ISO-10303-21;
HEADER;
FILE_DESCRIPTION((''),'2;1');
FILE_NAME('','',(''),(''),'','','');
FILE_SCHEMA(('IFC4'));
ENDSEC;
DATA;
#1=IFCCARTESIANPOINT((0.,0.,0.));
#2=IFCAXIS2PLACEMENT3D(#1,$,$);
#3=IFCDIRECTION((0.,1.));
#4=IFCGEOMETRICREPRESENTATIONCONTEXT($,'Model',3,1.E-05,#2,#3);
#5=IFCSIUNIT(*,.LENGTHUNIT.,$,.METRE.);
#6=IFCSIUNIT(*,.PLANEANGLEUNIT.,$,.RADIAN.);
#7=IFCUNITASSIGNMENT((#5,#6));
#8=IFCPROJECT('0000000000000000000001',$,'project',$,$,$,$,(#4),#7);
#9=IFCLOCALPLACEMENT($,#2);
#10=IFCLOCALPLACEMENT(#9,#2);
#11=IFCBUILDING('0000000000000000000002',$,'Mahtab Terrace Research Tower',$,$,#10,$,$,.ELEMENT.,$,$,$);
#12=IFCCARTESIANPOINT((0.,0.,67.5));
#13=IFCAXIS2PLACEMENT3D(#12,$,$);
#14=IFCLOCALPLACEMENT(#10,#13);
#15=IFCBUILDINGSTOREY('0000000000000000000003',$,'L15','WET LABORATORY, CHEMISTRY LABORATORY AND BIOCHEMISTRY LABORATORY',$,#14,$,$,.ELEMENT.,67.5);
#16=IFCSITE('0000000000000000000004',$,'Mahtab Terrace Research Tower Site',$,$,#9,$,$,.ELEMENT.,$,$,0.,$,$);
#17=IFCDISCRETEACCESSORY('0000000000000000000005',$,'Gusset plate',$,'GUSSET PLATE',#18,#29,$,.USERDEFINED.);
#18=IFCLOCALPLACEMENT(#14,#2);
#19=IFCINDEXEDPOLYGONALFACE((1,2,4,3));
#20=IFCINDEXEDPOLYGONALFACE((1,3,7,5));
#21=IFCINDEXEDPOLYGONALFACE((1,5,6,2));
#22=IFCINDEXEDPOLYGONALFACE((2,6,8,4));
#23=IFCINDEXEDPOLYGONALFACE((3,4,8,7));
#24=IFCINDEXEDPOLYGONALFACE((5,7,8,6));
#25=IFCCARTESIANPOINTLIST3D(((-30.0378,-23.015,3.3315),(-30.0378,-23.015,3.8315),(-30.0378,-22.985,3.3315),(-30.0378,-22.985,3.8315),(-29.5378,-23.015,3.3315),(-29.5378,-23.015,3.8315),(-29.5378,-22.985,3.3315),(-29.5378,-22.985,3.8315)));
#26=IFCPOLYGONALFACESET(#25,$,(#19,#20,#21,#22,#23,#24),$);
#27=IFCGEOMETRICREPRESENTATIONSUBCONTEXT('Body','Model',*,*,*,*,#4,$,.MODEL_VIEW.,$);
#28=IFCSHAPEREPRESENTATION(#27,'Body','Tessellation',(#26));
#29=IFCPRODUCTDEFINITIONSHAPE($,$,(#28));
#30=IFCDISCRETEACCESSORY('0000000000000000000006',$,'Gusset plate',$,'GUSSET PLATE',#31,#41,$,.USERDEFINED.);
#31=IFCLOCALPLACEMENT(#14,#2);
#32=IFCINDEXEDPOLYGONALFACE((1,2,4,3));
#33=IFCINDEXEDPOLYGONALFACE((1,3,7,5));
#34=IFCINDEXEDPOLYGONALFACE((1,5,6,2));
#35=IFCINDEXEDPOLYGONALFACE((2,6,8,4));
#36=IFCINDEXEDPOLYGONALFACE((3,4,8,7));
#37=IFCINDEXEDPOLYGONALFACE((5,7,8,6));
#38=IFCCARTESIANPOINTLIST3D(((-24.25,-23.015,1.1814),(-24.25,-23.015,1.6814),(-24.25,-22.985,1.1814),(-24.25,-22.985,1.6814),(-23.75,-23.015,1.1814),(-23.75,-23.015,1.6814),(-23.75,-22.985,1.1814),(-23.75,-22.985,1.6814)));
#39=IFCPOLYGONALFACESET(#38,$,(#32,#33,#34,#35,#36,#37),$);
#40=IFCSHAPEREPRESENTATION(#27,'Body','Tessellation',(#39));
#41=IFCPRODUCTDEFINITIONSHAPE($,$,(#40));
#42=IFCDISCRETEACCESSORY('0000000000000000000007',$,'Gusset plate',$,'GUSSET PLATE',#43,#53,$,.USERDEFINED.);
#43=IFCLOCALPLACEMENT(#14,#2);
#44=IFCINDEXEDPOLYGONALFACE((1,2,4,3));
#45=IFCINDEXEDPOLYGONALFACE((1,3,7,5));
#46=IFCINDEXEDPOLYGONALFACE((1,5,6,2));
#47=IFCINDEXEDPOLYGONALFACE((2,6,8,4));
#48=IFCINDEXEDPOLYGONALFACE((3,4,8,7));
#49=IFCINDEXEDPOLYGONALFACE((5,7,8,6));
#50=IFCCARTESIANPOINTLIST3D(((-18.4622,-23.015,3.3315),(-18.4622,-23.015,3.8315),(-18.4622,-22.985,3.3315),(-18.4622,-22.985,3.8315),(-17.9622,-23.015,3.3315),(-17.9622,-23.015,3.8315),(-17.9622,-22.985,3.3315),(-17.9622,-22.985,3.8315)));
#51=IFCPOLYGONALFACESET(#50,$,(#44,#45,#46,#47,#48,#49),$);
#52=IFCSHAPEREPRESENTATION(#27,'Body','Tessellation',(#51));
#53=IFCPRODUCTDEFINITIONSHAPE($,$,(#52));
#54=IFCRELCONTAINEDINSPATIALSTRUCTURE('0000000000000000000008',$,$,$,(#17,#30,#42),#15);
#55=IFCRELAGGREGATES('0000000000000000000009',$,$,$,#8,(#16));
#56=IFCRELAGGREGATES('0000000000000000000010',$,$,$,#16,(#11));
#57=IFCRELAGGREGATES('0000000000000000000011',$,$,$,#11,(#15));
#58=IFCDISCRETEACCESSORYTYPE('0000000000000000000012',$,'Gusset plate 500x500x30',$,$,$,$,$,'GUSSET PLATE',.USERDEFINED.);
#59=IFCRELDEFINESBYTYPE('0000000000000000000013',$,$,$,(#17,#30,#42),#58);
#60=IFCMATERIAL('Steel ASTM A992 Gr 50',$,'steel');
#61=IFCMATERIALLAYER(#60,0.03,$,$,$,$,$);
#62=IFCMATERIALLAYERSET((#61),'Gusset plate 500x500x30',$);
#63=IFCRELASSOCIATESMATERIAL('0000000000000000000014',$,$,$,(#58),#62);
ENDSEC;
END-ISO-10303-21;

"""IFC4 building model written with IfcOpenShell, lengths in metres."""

from ifc_helpers import new_model, si_unit, direction, frame, origin, origin_2d, place, context, subcontext, project, spatial, rectangle, extrude, material, layer, layer_set, type_object, element, save


model = new_model("IFC4")

# Units and contexts
model_context = context("Model", 3, precision=1e-05, world=origin(), true_north=direction((0.0, 1.0)))
body_context = subcontext(model_context, "Body", "Model", "MODEL_VIEW")
ifc_project = project(units=[si_unit("LENGTHUNIT", "METRE"), si_unit("PLANEANGLEUNIT", "RADIAN")], contexts=[model_context])

# Site, building, storey
site_placement = place(None, origin())
site = spatial("IfcSite", under=ifc_project, at=site_placement, Name="Mahtab Terrace Research Tower Site", CompositionType="ELEMENT", RefElevation=0.0)
building_placement = place(site_placement, origin())
building = spatial("IfcBuilding", under=site, at=building_placement, Name="Mahtab Terrace Research Tower", CompositionType="ELEMENT")
storey_placement = place(building_placement, frame((0.0, 0.0, 67.5)))
storey = spatial("IfcBuildingStorey", under=building, at=storey_placement, Name="L15", Description="WET LABORATORY, CHEMISTRY LABORATORY AND BIOCHEMISTRY LABORATORY", CompositionType="ELEMENT", Elevation=67.5)

# Shared definitions
ifc_material_1 = material(Name="Steel ASTM A992 Gr 50", Category="steel")

# Discrete accessories
ifc_layer_1 = layer(ifc_material_1, 0.03)
ifc_layer_set_1 = layer_set([ifc_layer_1], Name="Gusset plate 500x500x30")
discrete_accessory_type = type_object("IfcDiscreteAccessoryType", Name="Gusset plate 500x500x30", ElementType="GUSSET PLATE", PredefinedType="USERDEFINED", material=ifc_layer_set_1)
for number, where, z_axis, x_axis, name in (
    (1, (-29.7878, -23.0, 3.3315), (0.0, 0.0, 1.0), (1.0, 0.0, 0.0), "Gusset plate"),
    (2, (-24.0, -23.0, 1.1814), (0.0, 0.0, 1.0), (1.0, 0.0, 0.0), "Gusset plate"),
    (3, (-18.2122, -23.0, 3.3315), (0.0, 0.0, 1.0), (1.0, 0.0, 0.0), "Gusset plate"),
):
    element("IfcDiscreteAccessory", number, at=place(storey_placement, frame(where, z_axis=z_axis, x_axis=x_axis)), inside=storey, type_object=discrete_accessory_type, Name=name, ObjectType="GUSSET PLATE", PredefinedType="USERDEFINED", context=body_context, shape_type="SweptSolid", body=[
        extrude(rectangle(XDim=0.5, YDim=0.03, at=origin_2d()), origin(), (0.0, 0.0, 1.0), 0.5),
    ])

save(model, "model.ifc")
